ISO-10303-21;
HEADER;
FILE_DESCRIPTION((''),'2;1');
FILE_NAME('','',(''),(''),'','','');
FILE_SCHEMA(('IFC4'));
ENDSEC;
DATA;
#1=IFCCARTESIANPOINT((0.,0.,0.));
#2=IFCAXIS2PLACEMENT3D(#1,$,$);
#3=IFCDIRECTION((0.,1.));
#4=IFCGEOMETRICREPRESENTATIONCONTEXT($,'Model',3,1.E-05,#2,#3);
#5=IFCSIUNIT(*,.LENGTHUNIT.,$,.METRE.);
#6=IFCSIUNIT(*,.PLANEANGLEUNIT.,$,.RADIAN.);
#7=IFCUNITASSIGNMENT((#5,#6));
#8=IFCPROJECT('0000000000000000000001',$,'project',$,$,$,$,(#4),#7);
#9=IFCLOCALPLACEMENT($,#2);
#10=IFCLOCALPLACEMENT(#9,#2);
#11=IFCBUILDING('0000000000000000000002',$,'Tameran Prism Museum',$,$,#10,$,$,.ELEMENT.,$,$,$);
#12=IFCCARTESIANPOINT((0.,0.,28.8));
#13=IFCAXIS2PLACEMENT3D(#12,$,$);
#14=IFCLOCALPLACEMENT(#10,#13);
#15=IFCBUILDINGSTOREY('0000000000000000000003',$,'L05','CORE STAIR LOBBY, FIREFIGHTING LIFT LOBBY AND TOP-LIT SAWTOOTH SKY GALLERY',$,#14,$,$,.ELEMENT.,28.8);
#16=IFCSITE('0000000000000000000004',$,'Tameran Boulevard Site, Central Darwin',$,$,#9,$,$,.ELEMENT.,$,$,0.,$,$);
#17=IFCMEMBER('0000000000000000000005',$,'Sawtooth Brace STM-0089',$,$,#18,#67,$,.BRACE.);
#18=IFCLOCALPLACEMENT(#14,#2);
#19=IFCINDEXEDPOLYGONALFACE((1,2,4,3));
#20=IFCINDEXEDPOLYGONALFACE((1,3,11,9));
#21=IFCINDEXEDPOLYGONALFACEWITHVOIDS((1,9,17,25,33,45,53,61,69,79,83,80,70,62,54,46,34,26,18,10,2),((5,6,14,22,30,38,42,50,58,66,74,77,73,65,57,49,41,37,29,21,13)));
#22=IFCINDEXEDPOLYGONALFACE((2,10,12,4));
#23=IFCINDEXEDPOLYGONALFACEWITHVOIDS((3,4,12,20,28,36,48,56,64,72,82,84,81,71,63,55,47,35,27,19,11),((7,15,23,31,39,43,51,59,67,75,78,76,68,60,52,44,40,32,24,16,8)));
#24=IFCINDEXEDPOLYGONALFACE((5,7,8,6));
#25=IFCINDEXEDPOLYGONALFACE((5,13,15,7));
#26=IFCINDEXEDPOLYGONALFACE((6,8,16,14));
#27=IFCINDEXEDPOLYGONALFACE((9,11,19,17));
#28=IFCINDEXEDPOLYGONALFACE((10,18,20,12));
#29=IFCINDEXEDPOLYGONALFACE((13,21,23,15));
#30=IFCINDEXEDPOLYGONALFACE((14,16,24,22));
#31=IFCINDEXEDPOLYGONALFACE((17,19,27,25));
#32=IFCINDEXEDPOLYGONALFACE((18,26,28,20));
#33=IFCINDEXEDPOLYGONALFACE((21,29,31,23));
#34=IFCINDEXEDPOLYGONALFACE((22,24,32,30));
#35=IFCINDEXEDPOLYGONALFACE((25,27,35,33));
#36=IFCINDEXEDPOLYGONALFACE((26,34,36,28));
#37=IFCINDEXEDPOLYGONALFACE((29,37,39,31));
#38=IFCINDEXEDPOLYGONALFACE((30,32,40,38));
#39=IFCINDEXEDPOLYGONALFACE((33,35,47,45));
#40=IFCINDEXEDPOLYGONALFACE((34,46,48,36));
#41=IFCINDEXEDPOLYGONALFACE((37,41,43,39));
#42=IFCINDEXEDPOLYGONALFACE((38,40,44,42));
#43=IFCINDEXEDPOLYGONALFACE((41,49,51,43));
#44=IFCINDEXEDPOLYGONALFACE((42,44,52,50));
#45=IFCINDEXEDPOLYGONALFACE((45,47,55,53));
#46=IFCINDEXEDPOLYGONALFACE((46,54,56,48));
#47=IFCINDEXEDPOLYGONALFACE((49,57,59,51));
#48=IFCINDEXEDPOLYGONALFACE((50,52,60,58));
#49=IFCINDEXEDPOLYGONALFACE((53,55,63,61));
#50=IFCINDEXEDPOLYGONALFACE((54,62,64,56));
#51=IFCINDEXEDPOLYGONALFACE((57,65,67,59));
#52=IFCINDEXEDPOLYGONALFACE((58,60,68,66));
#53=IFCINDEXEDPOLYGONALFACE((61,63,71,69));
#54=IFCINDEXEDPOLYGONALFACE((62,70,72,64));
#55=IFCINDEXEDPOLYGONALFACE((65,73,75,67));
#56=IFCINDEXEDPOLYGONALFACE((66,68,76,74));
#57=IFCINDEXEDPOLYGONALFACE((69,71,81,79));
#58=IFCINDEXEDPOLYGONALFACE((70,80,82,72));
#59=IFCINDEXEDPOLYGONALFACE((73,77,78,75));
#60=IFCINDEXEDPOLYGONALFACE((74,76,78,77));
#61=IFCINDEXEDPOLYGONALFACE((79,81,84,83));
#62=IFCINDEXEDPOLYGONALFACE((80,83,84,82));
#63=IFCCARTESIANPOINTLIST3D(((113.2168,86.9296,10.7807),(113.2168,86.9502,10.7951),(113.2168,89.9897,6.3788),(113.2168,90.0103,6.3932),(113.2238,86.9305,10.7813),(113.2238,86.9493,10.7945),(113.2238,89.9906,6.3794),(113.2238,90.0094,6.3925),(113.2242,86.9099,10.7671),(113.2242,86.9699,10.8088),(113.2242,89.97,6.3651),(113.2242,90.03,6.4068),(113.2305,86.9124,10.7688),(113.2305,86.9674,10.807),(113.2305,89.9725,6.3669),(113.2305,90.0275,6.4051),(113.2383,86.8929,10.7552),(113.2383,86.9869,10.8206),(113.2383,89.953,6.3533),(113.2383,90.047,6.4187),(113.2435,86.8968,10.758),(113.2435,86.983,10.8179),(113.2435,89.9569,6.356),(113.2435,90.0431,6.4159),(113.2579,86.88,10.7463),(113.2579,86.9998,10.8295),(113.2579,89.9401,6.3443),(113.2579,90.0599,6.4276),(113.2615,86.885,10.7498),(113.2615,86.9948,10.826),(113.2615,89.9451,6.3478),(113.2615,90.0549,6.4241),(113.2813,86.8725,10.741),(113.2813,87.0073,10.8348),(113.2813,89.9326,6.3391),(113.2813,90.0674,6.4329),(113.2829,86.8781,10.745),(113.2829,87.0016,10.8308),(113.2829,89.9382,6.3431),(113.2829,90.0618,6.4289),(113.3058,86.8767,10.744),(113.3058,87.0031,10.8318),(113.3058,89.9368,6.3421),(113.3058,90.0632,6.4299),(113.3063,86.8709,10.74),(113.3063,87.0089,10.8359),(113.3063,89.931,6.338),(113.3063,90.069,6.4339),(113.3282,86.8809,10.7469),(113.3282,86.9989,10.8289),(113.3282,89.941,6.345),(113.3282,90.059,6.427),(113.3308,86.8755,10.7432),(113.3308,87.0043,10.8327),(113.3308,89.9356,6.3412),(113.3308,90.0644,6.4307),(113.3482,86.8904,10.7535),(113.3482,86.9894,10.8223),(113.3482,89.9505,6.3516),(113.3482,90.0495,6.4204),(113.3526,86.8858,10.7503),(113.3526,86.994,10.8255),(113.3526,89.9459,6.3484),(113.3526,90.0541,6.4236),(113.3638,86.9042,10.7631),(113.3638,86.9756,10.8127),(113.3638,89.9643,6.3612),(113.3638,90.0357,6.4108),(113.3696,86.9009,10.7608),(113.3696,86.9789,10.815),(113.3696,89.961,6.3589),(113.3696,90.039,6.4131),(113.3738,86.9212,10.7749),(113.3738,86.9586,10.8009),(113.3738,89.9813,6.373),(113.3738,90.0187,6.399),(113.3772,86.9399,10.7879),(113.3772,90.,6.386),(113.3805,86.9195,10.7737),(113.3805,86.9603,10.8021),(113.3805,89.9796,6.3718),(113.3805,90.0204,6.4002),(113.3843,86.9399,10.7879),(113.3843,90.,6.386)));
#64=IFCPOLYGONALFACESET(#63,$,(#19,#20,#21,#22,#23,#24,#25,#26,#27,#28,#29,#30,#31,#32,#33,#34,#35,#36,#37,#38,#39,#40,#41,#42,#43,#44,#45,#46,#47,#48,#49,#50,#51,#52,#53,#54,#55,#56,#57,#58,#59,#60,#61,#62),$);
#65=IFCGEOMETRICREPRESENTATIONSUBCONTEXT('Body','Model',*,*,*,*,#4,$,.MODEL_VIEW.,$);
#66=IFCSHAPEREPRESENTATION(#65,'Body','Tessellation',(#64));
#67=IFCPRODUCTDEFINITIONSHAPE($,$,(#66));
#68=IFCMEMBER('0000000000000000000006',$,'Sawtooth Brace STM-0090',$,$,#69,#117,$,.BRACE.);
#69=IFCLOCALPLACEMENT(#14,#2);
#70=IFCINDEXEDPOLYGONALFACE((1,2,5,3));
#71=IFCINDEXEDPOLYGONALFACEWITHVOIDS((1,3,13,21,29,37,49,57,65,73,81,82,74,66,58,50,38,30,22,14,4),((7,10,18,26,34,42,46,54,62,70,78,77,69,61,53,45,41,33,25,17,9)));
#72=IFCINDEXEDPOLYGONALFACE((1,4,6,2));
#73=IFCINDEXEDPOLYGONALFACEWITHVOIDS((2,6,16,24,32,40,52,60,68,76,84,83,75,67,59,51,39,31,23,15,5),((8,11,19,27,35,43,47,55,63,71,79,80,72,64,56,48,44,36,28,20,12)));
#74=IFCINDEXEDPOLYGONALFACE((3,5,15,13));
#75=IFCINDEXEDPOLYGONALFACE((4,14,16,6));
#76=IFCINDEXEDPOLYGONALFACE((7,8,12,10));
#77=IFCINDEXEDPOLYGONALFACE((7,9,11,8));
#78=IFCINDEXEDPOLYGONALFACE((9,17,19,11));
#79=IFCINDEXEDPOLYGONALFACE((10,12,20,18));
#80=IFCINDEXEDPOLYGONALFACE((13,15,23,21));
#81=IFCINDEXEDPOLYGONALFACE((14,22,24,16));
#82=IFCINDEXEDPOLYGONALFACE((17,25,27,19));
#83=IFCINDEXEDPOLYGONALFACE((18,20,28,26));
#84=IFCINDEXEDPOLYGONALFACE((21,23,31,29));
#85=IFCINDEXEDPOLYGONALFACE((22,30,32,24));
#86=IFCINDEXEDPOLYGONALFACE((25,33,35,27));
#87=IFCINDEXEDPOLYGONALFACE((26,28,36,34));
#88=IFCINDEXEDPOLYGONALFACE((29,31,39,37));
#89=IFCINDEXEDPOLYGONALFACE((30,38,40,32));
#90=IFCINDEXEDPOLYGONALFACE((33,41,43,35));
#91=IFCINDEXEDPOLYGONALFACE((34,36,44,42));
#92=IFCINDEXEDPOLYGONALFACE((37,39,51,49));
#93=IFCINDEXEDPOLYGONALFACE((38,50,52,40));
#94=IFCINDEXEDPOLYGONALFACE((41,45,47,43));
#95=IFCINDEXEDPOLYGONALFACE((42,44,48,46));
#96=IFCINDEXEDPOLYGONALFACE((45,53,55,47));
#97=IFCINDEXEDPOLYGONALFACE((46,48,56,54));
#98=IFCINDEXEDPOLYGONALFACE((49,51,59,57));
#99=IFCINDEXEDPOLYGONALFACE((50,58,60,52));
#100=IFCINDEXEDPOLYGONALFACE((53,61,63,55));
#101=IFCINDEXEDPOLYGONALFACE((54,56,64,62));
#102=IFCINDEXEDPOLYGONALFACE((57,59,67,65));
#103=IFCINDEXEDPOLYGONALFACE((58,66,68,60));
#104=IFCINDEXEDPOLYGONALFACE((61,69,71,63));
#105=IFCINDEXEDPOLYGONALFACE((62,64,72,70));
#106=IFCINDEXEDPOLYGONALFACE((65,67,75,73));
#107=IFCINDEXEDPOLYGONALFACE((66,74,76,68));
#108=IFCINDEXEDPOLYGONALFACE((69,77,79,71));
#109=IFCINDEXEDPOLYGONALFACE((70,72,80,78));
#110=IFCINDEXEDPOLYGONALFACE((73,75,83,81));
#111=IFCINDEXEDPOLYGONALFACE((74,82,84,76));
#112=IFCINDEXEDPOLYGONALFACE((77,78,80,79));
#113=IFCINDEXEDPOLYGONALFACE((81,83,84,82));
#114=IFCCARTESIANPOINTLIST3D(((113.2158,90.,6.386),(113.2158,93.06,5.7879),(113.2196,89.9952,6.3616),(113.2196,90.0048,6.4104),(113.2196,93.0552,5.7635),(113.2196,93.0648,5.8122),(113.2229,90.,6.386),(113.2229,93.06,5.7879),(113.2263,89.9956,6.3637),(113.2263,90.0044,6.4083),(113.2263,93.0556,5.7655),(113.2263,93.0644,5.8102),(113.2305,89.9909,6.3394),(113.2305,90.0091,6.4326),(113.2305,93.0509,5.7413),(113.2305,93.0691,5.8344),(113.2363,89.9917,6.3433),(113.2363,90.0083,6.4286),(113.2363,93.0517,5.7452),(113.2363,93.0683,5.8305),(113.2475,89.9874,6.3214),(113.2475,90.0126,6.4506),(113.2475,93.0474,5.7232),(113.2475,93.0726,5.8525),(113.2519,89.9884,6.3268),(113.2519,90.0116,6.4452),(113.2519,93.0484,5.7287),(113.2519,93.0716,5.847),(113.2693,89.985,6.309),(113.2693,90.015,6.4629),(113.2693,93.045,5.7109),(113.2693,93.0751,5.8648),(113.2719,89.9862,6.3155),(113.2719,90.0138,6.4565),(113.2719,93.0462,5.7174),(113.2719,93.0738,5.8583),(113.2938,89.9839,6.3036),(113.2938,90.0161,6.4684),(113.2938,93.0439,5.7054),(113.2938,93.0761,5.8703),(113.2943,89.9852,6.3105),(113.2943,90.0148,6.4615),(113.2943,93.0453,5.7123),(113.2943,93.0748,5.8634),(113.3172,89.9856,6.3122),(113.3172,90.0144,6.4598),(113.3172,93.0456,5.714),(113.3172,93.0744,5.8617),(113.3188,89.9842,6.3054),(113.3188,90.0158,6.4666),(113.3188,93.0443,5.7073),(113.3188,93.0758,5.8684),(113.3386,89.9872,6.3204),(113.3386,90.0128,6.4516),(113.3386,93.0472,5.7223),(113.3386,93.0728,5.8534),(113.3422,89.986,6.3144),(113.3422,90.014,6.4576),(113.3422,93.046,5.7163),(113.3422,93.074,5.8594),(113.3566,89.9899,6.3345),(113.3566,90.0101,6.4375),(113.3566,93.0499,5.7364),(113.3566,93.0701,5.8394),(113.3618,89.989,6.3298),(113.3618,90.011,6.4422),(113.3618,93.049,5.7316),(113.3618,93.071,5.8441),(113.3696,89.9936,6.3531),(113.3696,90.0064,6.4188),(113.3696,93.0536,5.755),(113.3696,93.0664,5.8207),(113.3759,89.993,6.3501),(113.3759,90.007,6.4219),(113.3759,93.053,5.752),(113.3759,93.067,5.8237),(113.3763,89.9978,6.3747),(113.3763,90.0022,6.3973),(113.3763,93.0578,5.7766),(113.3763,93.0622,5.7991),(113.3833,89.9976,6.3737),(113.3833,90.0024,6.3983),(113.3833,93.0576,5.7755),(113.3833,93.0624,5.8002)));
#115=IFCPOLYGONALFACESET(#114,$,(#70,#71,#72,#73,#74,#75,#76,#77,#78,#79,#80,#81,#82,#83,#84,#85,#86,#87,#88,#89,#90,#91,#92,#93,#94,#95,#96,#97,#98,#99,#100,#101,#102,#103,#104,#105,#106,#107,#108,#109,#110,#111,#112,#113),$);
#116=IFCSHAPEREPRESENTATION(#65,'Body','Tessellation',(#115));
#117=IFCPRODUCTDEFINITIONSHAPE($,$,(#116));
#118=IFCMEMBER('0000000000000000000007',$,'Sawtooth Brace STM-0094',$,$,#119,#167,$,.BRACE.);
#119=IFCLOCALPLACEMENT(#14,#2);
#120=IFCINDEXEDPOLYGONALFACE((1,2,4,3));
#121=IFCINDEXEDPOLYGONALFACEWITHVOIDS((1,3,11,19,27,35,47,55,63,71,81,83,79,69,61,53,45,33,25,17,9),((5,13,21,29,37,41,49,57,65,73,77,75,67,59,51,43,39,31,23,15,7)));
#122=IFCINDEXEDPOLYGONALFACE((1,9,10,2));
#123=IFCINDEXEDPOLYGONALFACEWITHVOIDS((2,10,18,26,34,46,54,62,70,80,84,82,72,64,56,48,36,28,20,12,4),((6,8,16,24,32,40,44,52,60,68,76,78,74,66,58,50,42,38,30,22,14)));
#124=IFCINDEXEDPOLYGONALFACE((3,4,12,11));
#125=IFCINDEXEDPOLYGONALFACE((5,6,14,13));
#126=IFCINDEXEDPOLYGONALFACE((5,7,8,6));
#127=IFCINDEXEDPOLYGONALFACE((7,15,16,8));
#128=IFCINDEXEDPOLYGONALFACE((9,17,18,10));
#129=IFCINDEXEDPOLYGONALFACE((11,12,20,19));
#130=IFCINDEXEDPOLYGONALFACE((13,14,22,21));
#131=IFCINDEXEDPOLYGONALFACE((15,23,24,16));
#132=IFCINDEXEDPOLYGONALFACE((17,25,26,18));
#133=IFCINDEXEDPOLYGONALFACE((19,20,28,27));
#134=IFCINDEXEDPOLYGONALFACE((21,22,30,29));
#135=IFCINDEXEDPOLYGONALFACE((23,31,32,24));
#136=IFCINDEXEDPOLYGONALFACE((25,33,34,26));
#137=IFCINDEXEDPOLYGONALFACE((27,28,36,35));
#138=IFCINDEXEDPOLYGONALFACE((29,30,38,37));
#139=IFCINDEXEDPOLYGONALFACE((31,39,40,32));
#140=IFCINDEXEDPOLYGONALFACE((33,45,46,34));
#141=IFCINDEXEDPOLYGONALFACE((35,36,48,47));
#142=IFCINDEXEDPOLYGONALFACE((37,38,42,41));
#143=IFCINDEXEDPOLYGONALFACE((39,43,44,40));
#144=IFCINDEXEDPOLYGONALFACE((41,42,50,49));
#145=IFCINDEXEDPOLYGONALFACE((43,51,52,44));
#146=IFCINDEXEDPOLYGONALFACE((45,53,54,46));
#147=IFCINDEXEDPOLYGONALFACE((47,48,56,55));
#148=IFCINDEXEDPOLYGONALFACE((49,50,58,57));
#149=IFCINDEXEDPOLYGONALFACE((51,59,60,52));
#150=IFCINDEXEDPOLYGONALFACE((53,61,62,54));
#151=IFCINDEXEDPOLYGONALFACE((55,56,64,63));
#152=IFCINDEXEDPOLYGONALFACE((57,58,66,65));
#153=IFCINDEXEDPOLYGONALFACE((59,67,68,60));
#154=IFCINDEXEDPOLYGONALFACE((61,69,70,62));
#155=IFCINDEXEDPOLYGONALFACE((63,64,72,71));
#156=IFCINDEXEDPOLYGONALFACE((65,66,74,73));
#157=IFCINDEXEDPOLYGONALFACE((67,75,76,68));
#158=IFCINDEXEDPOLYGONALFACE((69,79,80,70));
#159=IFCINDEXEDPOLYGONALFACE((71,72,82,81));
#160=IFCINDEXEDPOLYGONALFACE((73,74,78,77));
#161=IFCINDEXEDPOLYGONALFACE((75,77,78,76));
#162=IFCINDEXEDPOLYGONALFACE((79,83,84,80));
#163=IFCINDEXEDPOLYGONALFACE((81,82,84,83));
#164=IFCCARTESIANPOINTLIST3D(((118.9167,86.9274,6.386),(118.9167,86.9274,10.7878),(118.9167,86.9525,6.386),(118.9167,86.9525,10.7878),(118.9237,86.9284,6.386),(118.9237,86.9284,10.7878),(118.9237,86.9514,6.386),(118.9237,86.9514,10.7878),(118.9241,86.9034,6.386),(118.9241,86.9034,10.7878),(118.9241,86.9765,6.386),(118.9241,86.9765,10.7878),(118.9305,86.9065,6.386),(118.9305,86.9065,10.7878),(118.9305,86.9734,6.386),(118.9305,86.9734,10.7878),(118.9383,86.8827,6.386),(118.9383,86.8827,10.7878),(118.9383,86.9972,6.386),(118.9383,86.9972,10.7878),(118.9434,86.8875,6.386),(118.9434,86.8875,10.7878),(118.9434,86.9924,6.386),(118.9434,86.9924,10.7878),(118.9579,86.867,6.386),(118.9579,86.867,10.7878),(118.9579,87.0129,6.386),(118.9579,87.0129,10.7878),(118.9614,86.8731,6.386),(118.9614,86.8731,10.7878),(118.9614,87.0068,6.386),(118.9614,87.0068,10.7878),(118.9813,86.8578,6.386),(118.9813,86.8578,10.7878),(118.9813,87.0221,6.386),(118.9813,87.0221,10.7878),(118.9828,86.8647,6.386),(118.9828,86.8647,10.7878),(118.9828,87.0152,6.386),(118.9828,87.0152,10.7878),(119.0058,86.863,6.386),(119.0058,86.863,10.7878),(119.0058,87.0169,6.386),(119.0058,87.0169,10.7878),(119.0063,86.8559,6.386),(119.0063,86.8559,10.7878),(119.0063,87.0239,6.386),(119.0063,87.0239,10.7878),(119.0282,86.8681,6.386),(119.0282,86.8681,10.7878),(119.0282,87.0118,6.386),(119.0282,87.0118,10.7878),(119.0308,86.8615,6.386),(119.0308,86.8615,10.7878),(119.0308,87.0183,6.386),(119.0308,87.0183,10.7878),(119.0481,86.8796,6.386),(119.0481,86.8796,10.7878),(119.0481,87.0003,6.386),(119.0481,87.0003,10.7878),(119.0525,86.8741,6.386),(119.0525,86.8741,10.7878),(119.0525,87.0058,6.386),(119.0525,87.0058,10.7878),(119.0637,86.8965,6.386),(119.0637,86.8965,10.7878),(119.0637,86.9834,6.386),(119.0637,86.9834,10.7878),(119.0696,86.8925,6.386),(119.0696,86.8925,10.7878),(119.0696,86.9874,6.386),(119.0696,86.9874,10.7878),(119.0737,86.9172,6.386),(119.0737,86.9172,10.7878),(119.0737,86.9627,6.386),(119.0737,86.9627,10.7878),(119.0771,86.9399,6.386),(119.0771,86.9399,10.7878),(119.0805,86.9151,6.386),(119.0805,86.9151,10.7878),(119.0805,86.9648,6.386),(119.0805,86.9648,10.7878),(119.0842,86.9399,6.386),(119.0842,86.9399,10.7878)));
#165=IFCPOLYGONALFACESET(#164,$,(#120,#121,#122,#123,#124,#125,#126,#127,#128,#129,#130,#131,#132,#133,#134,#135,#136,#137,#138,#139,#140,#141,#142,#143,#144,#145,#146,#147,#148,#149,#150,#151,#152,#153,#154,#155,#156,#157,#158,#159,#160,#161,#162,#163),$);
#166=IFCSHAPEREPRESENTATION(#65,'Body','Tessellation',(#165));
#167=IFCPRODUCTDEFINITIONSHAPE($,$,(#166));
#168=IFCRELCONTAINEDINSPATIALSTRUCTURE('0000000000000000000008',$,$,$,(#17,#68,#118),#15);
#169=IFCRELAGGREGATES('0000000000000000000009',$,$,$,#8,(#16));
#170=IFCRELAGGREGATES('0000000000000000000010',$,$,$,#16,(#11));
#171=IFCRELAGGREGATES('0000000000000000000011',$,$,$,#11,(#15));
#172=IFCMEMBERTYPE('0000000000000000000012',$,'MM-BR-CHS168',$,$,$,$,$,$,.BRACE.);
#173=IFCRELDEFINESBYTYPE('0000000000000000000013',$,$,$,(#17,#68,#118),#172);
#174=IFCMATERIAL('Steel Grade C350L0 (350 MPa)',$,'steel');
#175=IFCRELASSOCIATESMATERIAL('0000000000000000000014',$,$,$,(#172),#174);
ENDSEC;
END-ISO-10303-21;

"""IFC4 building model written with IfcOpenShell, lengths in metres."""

from ifc_helpers import new_model, si_unit, direction, frame, origin, origin_2d, place, context, subcontext, project, spatial, hollow_circle, extrude, material, material_profile, profile_set, type_object, element, save


model = new_model("IFC4")

# Units and contexts
model_context = context("Model", 3, precision=1e-05, world=origin(), true_north=direction((0.0, 1.0)))
body_context = subcontext(model_context, "Body", "Model", "MODEL_VIEW")
ifc_project = project(units=[si_unit("LENGTHUNIT", "METRE"), si_unit("PLANEANGLEUNIT", "RADIAN")], contexts=[model_context])

# Site, building, storey
site_placement = place(None, origin())
site = spatial("IfcSite", under=ifc_project, at=site_placement, Name="Tameran Boulevard Site, Central Darwin", CompositionType="ELEMENT", RefElevation=0.0)
building_placement = place(site_placement, origin())
building = spatial("IfcBuilding", under=site, at=building_placement, Name="Tameran Prism Museum", CompositionType="ELEMENT")
storey_placement = place(building_placement, frame((0.0, 0.0, 28.8)))
storey = spatial("IfcBuildingStorey", under=building, at=storey_placement, Name="L05", Description="CORE STAIR LOBBY, FIREFIGHTING LIFT LOBBY AND TOP-LIT SAWTOOTH SKY GALLERY", CompositionType="ELEMENT", Elevation=28.8)

# Members
ifc_material_1 = material(Name="Steel Grade C350L0 (350 MPa)", Category="steel")
ifc_material_profile_1 = material_profile(ifc_material_1, hollow_circle(Radius=0.0842, WallThickness=0.0071, at=origin_2d()))
ifc_profile_set_1 = profile_set([ifc_material_profile_1])
member_type_1 = type_object("IfcMemberType", Name="MM-BR-CHS168", PredefinedType="BRACE", material=ifc_profile_set_1)
member_1_placement = place(storey_placement, frame((113.3, 90.0, 6.386), z_axis=(0.0, -0.5708, 0.821089), x_axis=(1.0, 0.0, 0.0)))
element("IfcMember", 1, at=member_1_placement, inside=storey, type_object=member_type_1, Name="Sawtooth Brace STM-0089", PredefinedType="BRACE", context=body_context, shape_type="SweptSolid", body=[
    extrude(hollow_circle(Radius=0.0842, WallThickness=0.0071, at=origin_2d()), origin(), (0.0, 0.0, 1.0), 5.3611),
])
member_2_placement = place(storey_placement, frame((113.3, 90.0, 6.386), z_axis=(0.0, 0.981427, -0.191838), x_axis=(-1.0, 0.0, 0.0)))
element("IfcMember", 2, at=member_2_placement, inside=storey, type_object=member_type_1, Name="Sawtooth Brace STM-0090", PredefinedType="BRACE", context=body_context, shape_type="SweptSolid", body=[
    extrude(hollow_circle(Radius=0.0842, WallThickness=0.0071, at=origin_2d()), origin(), (0.0, 0.0, 1.0), 3.1179),
])
member_3_placement = place(storey_placement, frame((119.0, 86.9399, 6.386), z_axis=(0.0, 0.0, 1.0), x_axis=(1.0, 0.0, 0.0)))
element("IfcMember", 3, at=member_3_placement, inside=storey, type_object=member_type_1, Name="Sawtooth Brace STM-0094", PredefinedType="BRACE", context=body_context, shape_type="SweptSolid", body=[
    extrude(hollow_circle(Radius=0.0842, WallThickness=0.0071, at=origin_2d()), origin(), (0.0, 0.0, 1.0), 4.4019),
])

save(model, "model.ifc")
